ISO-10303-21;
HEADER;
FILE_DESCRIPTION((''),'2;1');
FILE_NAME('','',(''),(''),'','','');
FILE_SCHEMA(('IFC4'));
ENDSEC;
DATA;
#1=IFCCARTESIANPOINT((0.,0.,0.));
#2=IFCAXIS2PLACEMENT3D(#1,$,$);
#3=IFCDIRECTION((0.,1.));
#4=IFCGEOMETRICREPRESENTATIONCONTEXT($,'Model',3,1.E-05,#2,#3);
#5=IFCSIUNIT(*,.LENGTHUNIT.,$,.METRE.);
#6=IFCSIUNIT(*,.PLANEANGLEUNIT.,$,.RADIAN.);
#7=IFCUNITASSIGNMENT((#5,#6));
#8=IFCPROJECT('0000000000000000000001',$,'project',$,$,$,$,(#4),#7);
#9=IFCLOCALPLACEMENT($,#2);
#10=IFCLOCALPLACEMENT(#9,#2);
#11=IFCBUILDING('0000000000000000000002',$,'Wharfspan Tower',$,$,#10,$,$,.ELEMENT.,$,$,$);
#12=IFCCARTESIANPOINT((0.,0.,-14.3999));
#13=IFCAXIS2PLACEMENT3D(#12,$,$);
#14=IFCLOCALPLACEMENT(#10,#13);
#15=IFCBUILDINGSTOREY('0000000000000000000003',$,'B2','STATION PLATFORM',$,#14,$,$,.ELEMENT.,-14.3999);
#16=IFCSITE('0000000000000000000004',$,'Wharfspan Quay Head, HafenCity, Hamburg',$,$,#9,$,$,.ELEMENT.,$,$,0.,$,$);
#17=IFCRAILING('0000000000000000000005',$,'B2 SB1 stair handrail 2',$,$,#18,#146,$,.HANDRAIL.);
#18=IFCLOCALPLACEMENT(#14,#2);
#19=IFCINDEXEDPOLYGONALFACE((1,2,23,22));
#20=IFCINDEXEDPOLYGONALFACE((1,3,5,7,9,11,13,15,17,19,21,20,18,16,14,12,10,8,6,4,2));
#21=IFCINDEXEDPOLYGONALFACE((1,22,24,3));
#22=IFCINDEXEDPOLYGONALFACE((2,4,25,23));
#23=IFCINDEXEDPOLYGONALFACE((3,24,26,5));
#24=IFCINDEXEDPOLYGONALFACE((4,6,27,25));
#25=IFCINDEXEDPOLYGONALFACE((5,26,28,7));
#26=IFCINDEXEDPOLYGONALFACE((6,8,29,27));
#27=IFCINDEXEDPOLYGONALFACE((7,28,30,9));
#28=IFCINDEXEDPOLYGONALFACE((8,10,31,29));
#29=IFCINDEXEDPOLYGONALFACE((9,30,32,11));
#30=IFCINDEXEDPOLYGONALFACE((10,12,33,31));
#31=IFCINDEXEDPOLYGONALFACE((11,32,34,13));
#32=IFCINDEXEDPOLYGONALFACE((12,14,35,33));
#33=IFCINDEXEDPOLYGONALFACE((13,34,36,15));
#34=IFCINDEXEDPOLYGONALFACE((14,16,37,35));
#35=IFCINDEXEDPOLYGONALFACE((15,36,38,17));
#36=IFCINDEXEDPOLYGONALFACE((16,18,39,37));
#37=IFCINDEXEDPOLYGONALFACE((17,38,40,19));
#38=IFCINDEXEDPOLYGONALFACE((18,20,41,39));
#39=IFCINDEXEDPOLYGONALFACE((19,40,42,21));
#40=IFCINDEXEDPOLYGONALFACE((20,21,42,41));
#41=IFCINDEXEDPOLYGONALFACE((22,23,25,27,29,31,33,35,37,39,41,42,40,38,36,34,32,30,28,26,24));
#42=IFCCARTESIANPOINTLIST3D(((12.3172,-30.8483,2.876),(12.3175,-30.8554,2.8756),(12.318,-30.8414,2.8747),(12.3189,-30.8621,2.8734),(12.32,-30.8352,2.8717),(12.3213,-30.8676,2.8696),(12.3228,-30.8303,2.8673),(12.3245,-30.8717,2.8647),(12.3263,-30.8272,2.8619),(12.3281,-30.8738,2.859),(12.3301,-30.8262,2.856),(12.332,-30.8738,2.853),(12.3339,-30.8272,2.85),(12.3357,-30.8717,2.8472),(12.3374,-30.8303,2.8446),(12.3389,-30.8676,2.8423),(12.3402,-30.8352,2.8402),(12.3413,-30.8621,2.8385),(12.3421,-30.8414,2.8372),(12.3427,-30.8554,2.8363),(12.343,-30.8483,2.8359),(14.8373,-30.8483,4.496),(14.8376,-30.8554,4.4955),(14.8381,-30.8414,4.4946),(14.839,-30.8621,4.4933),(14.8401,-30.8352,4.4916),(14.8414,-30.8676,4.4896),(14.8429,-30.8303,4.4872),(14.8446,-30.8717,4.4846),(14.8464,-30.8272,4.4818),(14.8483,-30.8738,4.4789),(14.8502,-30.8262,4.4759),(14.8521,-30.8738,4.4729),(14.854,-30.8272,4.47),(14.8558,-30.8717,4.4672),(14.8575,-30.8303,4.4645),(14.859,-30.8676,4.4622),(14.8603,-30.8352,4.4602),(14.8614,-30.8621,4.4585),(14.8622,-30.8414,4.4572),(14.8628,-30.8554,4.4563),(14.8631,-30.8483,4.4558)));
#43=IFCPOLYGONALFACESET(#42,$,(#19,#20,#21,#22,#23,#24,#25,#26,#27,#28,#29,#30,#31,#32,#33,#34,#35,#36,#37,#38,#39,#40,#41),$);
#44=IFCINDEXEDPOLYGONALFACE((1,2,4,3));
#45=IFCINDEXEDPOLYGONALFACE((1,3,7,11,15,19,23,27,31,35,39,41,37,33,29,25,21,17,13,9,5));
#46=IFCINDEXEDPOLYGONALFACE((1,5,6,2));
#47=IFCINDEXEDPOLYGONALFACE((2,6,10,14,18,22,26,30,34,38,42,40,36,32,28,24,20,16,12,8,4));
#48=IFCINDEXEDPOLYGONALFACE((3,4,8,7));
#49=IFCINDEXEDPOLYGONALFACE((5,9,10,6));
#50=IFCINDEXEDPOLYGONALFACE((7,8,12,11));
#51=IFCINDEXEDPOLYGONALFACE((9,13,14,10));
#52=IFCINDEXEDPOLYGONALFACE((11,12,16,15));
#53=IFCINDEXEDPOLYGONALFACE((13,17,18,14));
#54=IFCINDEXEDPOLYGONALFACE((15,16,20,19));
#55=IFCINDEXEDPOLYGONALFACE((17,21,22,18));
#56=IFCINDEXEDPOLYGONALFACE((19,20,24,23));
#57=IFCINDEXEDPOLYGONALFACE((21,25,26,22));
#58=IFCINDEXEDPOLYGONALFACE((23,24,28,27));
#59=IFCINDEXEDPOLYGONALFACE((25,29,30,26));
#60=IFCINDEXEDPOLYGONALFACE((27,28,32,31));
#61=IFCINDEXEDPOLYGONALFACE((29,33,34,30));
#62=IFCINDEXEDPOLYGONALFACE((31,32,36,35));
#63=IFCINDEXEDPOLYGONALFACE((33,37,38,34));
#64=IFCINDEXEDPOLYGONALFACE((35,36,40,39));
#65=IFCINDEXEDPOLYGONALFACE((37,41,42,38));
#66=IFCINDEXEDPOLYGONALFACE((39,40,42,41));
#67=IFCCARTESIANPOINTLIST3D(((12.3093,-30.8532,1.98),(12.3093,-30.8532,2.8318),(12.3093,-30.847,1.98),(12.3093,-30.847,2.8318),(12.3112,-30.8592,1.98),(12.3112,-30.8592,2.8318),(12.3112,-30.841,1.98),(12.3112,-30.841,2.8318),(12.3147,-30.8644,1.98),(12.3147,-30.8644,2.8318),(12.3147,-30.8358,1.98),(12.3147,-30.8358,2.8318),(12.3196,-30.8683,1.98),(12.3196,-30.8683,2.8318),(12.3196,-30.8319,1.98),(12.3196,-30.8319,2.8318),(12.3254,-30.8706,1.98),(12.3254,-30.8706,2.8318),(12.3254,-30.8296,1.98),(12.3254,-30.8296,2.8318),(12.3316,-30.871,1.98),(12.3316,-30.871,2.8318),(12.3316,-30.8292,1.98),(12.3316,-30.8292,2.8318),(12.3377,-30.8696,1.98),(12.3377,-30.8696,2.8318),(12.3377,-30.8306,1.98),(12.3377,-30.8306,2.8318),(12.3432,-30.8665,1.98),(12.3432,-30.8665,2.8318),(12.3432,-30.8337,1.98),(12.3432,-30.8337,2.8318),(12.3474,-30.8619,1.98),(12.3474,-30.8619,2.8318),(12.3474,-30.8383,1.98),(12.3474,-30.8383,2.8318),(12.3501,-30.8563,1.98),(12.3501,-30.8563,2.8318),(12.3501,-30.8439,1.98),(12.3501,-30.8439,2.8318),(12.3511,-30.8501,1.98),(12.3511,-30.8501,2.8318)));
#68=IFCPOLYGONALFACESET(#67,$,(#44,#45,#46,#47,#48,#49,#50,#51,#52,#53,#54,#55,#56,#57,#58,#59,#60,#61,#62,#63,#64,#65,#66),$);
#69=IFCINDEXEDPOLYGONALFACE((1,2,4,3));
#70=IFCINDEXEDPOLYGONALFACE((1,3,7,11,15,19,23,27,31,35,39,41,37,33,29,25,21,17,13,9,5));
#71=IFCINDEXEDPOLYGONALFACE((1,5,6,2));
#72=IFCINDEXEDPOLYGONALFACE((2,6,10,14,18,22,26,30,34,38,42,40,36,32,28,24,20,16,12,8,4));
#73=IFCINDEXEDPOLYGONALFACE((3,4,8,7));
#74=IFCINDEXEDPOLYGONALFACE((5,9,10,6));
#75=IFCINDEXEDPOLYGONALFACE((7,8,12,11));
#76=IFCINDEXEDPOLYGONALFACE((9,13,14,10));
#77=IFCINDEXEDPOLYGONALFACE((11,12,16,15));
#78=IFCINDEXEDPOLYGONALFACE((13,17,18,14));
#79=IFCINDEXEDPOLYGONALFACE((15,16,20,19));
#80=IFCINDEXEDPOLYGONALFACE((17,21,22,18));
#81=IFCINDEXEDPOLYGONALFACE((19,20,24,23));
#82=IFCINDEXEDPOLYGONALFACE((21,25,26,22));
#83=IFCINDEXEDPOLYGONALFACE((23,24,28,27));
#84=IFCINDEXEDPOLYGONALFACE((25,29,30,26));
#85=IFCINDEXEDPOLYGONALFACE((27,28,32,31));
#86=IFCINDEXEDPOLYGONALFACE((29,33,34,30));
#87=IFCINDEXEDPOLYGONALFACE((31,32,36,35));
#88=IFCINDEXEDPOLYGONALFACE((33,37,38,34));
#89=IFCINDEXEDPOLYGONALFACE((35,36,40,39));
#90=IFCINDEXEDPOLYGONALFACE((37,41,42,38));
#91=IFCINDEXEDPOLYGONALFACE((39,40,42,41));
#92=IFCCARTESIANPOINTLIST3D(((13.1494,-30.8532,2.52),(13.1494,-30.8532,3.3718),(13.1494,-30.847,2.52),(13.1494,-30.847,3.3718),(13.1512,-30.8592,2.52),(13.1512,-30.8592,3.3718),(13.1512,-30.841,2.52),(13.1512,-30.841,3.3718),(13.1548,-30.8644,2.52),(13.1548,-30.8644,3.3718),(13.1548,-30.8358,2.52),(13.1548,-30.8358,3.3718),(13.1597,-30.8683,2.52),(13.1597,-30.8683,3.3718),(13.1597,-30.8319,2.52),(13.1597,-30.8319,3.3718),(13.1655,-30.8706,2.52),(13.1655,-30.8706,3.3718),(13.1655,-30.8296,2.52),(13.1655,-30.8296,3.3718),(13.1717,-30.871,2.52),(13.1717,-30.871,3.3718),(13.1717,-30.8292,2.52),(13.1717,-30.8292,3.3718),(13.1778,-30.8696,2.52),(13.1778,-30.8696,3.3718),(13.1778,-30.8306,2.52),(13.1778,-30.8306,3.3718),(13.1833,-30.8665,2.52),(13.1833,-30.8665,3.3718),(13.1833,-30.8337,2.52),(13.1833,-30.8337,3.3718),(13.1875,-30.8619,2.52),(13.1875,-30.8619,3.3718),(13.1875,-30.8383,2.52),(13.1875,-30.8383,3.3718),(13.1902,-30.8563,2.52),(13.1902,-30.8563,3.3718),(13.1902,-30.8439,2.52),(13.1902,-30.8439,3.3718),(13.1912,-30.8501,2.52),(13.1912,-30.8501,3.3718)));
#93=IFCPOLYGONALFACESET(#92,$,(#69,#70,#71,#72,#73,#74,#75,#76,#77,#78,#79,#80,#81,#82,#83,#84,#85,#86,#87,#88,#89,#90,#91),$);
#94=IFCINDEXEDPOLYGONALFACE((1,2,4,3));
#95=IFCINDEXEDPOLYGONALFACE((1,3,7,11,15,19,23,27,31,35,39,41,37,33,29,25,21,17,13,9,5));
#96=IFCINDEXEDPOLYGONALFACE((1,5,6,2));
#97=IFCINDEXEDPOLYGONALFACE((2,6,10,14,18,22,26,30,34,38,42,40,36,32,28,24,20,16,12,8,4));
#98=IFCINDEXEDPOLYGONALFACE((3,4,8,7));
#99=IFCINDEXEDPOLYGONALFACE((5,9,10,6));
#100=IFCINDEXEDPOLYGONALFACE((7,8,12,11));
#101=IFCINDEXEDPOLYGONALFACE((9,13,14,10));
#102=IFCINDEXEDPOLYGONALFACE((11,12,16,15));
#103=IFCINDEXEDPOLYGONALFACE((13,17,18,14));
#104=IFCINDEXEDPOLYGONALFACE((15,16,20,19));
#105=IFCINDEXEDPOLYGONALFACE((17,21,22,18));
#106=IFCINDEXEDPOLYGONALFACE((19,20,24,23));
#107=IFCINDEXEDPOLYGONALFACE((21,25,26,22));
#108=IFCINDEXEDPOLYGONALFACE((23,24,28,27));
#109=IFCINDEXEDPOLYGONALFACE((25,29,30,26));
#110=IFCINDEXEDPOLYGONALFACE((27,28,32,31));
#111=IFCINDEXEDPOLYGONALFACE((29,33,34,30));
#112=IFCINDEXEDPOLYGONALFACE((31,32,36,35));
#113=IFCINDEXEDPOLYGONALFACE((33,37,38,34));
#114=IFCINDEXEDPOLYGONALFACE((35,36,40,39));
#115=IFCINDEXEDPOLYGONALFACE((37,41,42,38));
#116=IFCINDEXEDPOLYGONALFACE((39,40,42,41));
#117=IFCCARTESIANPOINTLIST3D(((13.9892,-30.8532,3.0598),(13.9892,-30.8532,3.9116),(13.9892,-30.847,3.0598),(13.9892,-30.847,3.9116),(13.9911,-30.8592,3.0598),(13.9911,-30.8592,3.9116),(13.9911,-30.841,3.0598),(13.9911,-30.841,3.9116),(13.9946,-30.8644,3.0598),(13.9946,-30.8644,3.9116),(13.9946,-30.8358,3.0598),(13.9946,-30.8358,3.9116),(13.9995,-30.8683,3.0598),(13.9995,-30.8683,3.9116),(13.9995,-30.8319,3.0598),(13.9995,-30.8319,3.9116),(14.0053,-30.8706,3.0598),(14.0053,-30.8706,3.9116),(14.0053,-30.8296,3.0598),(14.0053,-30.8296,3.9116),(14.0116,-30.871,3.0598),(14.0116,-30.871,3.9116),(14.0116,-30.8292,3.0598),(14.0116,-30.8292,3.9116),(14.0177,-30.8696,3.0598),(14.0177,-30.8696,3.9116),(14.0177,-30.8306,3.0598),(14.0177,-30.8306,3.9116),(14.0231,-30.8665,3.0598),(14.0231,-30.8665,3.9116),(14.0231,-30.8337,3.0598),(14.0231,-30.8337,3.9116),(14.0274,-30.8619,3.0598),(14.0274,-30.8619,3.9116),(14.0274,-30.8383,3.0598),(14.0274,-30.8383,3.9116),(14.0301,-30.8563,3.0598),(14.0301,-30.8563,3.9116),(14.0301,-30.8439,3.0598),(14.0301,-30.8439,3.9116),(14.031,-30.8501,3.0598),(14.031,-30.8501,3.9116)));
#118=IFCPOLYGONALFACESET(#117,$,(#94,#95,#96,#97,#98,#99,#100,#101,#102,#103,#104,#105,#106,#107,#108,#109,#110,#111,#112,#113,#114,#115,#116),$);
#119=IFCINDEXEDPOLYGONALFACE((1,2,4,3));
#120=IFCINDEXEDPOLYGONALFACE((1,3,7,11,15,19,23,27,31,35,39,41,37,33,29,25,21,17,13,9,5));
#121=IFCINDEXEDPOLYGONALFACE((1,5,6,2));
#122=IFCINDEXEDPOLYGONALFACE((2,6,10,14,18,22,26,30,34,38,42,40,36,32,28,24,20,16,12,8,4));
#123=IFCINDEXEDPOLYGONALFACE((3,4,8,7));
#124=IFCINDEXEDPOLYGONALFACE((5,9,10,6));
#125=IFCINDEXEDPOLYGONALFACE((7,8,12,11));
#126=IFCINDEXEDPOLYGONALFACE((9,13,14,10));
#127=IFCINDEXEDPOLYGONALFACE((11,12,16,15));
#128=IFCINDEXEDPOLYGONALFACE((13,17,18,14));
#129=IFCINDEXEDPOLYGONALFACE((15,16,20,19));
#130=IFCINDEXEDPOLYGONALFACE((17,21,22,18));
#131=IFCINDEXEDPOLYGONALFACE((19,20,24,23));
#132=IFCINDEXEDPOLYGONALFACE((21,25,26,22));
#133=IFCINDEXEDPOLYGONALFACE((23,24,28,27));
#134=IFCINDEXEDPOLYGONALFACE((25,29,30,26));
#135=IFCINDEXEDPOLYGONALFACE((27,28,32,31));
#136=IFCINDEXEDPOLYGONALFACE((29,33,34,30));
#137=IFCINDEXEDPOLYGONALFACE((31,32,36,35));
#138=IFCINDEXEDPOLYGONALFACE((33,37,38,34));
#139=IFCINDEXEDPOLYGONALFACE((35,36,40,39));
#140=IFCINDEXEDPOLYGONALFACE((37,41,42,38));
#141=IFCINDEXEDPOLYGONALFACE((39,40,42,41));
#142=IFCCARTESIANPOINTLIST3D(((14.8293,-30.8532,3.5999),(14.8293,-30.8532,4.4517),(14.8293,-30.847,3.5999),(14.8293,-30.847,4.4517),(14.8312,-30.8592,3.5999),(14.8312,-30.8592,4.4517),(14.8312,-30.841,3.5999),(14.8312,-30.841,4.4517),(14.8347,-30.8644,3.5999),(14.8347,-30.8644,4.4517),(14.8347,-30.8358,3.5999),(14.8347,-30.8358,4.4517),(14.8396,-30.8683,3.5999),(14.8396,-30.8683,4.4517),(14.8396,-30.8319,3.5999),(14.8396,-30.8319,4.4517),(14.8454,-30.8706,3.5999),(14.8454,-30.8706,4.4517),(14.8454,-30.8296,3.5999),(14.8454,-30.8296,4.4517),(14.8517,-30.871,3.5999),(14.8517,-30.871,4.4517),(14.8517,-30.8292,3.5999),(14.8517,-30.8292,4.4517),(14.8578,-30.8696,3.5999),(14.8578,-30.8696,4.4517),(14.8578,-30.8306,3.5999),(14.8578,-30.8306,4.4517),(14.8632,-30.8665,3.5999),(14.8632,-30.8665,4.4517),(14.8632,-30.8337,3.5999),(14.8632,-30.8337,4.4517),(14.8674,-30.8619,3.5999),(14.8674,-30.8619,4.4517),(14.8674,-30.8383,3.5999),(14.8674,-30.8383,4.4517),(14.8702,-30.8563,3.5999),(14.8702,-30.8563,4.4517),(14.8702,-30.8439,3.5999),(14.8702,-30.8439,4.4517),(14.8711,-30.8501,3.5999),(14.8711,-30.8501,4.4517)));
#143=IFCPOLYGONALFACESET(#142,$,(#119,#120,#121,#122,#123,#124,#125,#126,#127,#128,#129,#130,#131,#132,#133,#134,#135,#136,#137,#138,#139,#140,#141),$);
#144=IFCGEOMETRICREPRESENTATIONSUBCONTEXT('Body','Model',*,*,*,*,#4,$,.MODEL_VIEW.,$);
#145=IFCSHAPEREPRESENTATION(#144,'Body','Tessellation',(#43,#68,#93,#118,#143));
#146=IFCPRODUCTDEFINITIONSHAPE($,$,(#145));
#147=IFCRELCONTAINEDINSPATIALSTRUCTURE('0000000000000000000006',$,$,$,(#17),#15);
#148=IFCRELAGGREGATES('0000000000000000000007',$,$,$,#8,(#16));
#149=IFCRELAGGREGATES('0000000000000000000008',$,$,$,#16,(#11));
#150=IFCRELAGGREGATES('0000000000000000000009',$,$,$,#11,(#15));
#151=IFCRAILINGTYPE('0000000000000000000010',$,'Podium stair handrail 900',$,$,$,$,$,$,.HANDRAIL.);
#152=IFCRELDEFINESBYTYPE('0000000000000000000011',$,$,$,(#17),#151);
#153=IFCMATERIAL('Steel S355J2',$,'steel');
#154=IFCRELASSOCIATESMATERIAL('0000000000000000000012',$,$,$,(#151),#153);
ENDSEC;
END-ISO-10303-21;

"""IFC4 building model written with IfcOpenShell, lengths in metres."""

from ifc_helpers import new_model, si_unit, direction, frame, origin, origin_2d, place, context, subcontext, project, spatial, circle, extrude, material, type_object, element, save


model = new_model("IFC4")

# Units and contexts
model_context = context("Model", 3, precision=1e-05, world=origin(), true_north=direction((0.0, 1.0)))
body_context = subcontext(model_context, "Body", "Model", "MODEL_VIEW")
ifc_project = project(units=[si_unit("LENGTHUNIT", "METRE"), si_unit("PLANEANGLEUNIT", "RADIAN")], contexts=[model_context])

# Site, building, storey
site_placement = place(None, origin())
site = spatial("IfcSite", under=ifc_project, at=site_placement, Name="Wharfspan Quay Head, HafenCity, Hamburg", CompositionType="ELEMENT", RefElevation=0.0)
building_placement = place(site_placement, origin())
building = spatial("IfcBuilding", under=site, at=building_placement, Name="Wharfspan Tower", CompositionType="ELEMENT")
storey_placement = place(building_placement, frame((0.0, 0.0, -14.3999)))
storey = spatial("IfcBuildingStorey", under=building, at=storey_placement, Name="B2", Description="STATION PLATFORM", CompositionType="ELEMENT", Elevation=-14.3999)

# Railing
ifc_material_1 = material(Name="Steel S355J2", Category="steel")
railing_type_1 = type_object("IfcRailingType", Name="Podium stair handrail 900", PredefinedType="HANDRAIL", material=ifc_material_1)
railing_1_placement = place(storey_placement, frame((12.3301, -30.8501, 1.98)))
element("IfcRailing", 1, at=railing_1_placement, inside=storey, type_object=railing_type_1, Name="B2 SB1 stair handrail 2", PredefinedType="HANDRAIL", context=body_context, shape_type="SweptSolid", body=[
    extrude(circle(Radius=0.0239, at=origin_2d()), frame((0.0, 0.0, 0.876), z_axis=(0.8412, 0.0, 0.540725), x_axis=(0.0, 1.0, 0.0)), (0.0, 0.0, 1.0), 2.9958),
    extrude(circle(Radius=0.021, at=origin_2d()), origin(), (0.0, 0.0, 1.0), 0.8518),
    extrude(circle(Radius=0.021, at=origin_2d()), frame((0.8401, 0.0, 0.54)), (0.0, 0.0, 1.0), 0.8518),
    extrude(circle(Radius=0.021, at=origin_2d()), frame((1.6799, 0.0, 1.0798)), (0.0, 0.0, 1.0), 0.8518),
    extrude(circle(Radius=0.021, at=origin_2d()), frame((2.52, 0.0, 1.6199)), (0.0, 0.0, 1.0), 0.8518),
])

save(model, "model.ifc")
